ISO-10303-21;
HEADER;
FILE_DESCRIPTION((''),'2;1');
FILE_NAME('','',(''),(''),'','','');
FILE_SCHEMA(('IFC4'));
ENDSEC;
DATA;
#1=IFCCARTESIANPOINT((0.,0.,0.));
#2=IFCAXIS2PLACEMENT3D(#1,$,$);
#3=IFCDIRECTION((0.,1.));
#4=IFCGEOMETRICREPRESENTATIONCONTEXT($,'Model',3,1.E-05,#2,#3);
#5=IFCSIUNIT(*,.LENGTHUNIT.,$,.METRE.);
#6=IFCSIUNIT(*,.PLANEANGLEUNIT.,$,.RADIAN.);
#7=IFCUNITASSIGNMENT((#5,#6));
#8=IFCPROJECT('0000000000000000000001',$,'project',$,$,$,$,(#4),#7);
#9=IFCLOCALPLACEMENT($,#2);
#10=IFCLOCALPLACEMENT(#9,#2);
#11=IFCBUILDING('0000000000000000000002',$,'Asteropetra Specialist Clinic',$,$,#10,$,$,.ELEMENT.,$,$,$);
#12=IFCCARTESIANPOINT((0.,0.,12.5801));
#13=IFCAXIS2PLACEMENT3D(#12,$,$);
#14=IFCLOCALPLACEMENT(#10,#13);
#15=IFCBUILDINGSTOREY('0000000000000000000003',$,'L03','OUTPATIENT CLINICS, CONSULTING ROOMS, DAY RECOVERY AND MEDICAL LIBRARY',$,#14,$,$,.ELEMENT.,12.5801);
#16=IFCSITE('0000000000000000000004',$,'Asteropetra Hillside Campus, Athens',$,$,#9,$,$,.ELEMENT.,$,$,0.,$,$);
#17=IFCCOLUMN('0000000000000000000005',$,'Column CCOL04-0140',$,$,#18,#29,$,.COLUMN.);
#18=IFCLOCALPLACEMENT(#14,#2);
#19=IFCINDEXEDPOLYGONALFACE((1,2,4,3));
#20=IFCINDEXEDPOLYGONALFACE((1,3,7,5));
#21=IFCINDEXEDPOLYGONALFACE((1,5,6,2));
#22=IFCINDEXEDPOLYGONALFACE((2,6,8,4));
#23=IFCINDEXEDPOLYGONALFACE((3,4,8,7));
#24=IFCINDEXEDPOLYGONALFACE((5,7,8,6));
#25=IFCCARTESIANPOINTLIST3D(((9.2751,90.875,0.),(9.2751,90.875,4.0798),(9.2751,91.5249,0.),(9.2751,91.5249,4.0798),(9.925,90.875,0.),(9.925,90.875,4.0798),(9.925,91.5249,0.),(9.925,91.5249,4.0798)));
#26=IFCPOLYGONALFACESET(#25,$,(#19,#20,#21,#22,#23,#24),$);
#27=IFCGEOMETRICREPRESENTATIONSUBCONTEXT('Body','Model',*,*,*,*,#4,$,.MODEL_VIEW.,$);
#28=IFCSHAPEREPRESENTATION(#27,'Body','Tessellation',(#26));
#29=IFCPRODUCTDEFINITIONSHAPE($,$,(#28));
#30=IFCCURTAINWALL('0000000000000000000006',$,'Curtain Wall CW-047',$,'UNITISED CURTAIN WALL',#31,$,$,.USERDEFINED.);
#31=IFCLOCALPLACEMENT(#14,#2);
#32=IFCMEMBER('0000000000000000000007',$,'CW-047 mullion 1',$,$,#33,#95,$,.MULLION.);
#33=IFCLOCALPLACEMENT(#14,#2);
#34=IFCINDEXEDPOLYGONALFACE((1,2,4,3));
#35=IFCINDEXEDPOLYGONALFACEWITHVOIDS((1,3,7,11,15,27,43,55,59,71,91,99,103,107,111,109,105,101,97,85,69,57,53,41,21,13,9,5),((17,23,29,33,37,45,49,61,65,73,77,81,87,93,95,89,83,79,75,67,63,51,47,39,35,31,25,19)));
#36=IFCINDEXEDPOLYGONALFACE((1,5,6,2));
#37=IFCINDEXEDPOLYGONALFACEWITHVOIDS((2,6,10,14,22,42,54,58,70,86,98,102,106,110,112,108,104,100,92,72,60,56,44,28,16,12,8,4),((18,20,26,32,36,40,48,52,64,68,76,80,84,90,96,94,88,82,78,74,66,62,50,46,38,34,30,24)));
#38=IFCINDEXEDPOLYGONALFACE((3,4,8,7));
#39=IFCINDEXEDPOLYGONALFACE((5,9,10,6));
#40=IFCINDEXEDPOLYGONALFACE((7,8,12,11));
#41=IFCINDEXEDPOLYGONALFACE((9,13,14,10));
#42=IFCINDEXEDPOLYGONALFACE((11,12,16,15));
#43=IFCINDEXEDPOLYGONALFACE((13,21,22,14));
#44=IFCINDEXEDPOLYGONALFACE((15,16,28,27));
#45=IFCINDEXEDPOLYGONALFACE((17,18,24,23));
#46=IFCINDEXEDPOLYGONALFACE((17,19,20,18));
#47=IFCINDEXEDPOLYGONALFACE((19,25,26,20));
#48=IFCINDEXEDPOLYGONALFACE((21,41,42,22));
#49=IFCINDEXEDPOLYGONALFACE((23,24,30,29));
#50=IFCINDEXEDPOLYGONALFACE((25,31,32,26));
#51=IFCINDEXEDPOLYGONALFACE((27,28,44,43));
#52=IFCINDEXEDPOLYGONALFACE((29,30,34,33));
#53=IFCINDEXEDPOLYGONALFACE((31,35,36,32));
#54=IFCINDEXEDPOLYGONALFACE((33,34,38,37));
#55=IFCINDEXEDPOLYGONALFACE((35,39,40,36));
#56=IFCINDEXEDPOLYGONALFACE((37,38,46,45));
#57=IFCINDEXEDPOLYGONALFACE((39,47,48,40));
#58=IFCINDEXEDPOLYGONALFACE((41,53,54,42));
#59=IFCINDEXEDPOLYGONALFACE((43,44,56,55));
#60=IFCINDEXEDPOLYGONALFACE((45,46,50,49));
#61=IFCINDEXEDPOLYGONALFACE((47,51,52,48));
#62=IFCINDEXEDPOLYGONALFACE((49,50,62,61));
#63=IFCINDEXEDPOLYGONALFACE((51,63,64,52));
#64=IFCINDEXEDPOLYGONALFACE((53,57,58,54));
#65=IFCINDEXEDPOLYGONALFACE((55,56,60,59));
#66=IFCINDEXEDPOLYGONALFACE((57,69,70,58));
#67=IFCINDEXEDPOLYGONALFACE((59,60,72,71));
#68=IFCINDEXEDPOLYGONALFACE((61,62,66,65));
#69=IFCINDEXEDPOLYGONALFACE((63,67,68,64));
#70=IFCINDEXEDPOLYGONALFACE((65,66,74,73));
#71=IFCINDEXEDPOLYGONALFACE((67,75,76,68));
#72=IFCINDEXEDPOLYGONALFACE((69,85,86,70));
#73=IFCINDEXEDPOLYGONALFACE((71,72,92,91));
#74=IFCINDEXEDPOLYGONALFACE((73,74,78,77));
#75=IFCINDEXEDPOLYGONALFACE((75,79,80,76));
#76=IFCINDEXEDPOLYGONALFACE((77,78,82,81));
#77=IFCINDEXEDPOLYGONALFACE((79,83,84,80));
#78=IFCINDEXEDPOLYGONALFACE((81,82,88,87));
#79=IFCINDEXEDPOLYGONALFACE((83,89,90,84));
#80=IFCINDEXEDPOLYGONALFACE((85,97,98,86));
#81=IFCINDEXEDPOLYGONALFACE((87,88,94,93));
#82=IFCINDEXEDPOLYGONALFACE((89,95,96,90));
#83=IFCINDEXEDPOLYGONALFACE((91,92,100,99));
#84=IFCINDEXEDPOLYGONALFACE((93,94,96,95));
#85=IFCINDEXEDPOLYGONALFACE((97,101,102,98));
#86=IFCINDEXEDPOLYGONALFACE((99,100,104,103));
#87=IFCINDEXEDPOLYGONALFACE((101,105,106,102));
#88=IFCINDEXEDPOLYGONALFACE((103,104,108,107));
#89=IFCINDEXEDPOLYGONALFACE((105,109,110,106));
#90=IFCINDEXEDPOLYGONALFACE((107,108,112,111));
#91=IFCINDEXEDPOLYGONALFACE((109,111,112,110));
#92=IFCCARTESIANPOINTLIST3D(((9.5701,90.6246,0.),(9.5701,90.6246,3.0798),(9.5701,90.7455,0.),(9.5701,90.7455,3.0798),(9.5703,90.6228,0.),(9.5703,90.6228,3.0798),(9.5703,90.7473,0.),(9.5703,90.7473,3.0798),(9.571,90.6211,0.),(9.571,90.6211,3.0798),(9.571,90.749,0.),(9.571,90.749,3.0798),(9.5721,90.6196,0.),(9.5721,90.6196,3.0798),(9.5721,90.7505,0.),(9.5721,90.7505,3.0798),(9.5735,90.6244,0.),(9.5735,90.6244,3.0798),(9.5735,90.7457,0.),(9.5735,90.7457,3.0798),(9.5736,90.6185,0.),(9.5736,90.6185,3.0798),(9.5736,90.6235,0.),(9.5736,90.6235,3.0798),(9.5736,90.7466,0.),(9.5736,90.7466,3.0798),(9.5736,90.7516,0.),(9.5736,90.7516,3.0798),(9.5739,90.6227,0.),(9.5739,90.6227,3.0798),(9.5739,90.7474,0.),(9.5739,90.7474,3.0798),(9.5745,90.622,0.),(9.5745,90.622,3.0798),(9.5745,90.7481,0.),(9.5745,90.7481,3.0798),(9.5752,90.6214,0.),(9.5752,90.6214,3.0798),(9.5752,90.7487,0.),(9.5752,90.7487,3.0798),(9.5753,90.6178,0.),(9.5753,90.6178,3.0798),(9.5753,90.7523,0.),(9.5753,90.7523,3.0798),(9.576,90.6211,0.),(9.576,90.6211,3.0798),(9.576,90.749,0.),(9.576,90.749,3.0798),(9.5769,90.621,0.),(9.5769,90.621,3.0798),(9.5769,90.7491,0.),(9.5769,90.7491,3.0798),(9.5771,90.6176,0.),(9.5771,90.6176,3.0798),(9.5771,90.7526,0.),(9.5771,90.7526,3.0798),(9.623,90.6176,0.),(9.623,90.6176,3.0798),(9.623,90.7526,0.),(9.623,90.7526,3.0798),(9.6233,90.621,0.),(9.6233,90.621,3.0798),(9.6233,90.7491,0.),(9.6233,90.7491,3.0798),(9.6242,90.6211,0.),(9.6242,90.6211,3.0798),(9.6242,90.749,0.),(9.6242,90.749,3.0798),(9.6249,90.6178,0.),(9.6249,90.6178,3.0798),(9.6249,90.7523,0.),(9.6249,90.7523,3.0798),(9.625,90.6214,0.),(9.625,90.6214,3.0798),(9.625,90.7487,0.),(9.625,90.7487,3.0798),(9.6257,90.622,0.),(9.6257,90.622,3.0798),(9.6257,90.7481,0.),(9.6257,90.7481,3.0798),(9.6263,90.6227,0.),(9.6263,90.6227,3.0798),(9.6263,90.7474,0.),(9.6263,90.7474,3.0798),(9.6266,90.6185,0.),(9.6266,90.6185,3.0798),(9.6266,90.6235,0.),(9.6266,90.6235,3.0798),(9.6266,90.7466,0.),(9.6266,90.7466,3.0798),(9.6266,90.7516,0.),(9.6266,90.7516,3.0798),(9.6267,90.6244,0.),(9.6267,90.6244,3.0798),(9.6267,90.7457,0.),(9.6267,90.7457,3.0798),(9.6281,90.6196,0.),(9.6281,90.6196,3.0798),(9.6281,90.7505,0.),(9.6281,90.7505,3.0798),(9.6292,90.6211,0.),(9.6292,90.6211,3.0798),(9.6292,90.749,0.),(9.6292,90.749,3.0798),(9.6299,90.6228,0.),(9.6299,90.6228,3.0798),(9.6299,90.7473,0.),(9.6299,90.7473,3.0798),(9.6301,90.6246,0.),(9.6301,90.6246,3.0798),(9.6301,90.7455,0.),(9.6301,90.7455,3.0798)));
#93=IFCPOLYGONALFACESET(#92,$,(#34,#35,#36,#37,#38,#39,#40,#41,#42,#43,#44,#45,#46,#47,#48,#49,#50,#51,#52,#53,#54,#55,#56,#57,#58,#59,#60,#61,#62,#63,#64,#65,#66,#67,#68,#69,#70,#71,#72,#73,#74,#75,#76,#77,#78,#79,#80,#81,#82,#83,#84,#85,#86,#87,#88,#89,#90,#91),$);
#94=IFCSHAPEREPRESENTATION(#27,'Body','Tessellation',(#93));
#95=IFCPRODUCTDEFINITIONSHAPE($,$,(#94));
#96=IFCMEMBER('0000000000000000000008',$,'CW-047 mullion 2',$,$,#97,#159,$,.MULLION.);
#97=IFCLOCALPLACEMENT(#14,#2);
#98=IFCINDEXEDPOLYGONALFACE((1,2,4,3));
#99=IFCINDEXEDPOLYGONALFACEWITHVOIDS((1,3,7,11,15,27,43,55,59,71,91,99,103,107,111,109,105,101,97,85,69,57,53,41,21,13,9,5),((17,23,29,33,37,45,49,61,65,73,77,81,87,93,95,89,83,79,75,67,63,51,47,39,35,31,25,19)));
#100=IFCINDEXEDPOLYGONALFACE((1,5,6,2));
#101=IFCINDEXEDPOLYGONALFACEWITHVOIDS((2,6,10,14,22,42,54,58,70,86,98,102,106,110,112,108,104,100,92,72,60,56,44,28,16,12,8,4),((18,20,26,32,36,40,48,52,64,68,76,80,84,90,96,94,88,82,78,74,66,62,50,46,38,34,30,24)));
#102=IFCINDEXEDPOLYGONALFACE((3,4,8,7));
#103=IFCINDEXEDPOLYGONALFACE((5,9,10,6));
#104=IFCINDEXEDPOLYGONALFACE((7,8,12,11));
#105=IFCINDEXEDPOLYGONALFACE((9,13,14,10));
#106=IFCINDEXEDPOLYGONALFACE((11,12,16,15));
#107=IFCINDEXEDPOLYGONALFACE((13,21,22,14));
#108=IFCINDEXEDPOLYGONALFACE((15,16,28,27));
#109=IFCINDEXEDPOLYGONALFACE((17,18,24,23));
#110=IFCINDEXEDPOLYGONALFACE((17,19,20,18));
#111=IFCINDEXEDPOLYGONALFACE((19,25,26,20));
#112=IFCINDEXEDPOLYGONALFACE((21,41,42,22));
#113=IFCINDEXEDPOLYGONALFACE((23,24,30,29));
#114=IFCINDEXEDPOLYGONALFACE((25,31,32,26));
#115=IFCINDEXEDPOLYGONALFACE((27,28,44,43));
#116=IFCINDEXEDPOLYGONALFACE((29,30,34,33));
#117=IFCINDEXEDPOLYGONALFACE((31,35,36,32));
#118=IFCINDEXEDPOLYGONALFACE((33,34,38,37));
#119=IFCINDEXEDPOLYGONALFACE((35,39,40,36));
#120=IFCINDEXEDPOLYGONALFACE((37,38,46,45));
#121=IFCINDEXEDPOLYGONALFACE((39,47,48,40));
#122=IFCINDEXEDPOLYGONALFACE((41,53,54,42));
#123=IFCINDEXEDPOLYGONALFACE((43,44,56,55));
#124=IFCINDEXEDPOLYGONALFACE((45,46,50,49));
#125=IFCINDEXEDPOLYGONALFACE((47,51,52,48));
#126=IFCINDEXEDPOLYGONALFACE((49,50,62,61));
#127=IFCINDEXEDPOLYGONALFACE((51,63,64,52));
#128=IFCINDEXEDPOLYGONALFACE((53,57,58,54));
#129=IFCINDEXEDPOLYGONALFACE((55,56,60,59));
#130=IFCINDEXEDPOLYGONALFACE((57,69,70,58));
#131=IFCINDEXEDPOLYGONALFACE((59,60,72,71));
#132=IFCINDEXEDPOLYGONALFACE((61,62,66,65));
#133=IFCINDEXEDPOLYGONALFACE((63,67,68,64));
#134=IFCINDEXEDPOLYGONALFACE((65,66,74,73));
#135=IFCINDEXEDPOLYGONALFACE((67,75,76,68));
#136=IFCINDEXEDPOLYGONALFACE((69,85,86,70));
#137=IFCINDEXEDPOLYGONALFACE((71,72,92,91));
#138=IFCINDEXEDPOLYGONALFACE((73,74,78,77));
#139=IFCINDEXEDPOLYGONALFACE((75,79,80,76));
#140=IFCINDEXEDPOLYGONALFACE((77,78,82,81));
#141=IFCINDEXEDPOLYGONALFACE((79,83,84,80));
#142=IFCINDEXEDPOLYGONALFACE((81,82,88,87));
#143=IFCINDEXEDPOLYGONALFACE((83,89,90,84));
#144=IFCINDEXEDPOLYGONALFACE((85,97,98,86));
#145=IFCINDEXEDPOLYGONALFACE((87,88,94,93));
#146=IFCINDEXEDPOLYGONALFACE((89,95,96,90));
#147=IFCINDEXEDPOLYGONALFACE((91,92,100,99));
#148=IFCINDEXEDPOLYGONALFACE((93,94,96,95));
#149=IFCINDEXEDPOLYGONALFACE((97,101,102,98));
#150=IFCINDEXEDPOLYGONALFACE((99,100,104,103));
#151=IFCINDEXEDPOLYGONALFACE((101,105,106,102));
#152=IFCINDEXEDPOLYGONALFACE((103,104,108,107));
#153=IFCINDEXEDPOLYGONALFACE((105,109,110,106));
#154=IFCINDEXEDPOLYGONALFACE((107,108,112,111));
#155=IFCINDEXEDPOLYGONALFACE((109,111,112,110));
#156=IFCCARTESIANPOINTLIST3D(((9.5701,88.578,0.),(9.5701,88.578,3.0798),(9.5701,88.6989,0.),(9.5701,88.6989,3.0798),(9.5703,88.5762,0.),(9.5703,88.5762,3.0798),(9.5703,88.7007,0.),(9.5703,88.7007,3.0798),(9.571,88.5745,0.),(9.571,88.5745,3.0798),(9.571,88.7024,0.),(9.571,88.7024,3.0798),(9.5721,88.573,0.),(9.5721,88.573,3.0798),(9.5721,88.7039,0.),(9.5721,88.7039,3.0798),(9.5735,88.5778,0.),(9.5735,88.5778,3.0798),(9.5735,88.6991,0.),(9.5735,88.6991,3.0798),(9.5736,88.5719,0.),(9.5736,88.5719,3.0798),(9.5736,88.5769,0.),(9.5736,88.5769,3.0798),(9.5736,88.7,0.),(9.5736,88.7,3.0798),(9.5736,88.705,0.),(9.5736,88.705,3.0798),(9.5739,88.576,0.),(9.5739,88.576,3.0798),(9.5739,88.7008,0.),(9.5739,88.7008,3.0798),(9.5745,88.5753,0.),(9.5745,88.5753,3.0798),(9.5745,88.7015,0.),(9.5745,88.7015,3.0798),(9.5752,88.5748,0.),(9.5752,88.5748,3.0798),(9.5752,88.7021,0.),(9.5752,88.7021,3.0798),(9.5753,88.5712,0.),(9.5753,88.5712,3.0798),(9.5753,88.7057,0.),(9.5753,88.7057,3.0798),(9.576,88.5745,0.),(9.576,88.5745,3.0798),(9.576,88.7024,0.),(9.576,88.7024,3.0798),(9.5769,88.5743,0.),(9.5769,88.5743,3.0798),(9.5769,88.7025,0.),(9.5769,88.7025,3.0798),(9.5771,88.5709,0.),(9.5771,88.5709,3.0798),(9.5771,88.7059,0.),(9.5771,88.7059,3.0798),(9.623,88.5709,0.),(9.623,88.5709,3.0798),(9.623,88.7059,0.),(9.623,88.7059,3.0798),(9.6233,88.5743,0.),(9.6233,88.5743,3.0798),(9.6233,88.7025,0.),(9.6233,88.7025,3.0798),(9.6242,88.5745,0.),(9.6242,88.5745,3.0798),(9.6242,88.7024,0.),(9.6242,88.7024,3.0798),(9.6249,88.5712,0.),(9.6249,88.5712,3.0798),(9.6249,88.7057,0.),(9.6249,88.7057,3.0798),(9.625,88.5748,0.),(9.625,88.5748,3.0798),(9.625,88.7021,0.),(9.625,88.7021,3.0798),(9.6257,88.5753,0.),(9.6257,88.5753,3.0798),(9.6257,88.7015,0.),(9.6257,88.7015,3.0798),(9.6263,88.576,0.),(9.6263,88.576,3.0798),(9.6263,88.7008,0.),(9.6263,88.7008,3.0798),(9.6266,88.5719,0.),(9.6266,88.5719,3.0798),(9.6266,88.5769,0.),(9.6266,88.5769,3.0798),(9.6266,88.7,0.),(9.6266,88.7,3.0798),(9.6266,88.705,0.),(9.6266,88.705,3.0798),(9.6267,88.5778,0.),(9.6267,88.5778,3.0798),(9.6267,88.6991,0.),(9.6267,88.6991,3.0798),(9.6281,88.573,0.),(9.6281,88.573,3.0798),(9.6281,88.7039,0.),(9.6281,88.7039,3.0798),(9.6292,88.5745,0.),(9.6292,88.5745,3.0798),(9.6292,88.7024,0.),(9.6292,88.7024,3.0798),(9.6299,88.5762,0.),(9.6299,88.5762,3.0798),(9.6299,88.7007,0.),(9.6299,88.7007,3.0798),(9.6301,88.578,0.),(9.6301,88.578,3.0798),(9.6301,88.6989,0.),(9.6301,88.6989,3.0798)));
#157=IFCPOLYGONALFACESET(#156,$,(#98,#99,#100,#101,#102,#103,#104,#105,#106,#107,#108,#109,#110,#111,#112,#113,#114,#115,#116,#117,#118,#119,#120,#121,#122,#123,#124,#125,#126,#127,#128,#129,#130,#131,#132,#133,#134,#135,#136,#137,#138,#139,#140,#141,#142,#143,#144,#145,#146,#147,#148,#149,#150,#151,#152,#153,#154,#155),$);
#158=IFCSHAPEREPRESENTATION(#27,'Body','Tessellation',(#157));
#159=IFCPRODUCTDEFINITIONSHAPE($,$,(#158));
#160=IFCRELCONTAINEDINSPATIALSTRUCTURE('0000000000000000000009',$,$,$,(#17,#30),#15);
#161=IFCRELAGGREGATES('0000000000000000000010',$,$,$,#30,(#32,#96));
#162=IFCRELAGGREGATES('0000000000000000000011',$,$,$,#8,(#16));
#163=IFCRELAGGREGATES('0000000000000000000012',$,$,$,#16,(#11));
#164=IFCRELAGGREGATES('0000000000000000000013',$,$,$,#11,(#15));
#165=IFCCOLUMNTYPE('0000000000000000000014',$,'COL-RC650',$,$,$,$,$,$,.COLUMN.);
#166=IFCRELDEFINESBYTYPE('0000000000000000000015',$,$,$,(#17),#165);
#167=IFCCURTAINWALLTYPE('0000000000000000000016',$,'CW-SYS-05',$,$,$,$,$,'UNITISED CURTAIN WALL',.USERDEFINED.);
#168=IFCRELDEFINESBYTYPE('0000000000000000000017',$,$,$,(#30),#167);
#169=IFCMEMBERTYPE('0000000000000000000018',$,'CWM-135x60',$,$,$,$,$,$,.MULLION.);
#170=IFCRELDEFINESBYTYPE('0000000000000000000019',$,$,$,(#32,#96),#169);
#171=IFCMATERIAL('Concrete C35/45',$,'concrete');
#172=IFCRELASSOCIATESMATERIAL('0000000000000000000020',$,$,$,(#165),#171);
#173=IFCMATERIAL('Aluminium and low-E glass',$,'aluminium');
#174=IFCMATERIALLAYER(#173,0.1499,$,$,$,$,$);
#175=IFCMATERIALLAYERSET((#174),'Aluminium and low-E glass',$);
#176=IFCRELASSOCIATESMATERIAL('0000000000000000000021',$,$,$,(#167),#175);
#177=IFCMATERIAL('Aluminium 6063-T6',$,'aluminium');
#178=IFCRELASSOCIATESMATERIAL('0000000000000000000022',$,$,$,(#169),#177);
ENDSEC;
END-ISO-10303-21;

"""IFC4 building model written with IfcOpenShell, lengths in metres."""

from ifc_helpers import new_model, si_unit, direction, frame, origin, origin_2d, place, context, subcontext, project, spatial, rectangle, hollow_rectangle, extrude, material, layer, layer_set, material_profile, profile_set, type_object, element, aggregate, save


model = new_model("IFC4")

# Units and contexts
model_context = context("Model", 3, precision=1e-05, world=origin(), true_north=direction((0.0, 1.0)))
body_context = subcontext(model_context, "Body", "Model", "MODEL_VIEW")
ifc_project = project(units=[si_unit("LENGTHUNIT", "METRE"), si_unit("PLANEANGLEUNIT", "RADIAN")], contexts=[model_context])

# Site, building, storey
site_placement = place(None, origin())
site = spatial("IfcSite", under=ifc_project, at=site_placement, Name="Asteropetra Hillside Campus, Athens", CompositionType="ELEMENT", RefElevation=0.0)
building_placement = place(site_placement, origin())
building = spatial("IfcBuilding", under=site, at=building_placement, Name="Asteropetra Specialist Clinic", CompositionType="ELEMENT")
storey_placement = place(building_placement, frame((0.0, 0.0, 12.5801)))
storey = spatial("IfcBuildingStorey", under=building, at=storey_placement, Name="L03", Description="OUTPATIENT CLINICS, CONSULTING ROOMS, DAY RECOVERY AND MEDICAL LIBRARY", CompositionType="ELEMENT", Elevation=12.5801)

# Column
ifc_material_1 = material(Name="Concrete C35/45", Category="concrete")
ifc_material_profile_1 = material_profile(ifc_material_1, rectangle(XDim=0.6499, YDim=0.6499, at=origin_2d()), Name="RC 650x650")
ifc_profile_set_1 = profile_set([ifc_material_profile_1], Name="Concrete C35/45")
column_type = type_object("IfcColumnType", Name="COL-RC650", PredefinedType="COLUMN", material=ifc_profile_set_1)
column_placement = place(storey_placement, frame((9.6001, 91.2, 0.0), z_axis=(0.0, 0.0, 1.0), x_axis=(1.0, 0.0, 0.0)))
element("IfcColumn", 1, at=column_placement, inside=storey, type_object=column_type, Name="Column CCOL04-0140", PredefinedType="COLUMN", context=body_context, shape_type="SweptSolid", body=[
    extrude(rectangle(XDim=0.6499, YDim=0.6499, at=origin_2d()), origin(), (0.0, 0.0, 1.0), 4.0798),
])

# Curtain wall, members
ifc_material_2 = material(Name="Aluminium and low-E glass", Category="aluminium")
ifc_layer_1 = layer(ifc_material_2, 0.1499)
ifc_layer_set_1 = layer_set([ifc_layer_1], Name="Aluminium and low-E glass")
curtain_wall_type = type_object("IfcCurtainWallType", Name="CW-SYS-05", ElementType="UNITISED CURTAIN WALL", PredefinedType="USERDEFINED", material=ifc_layer_set_1)
curtain_wall_placement = place(storey_placement, origin())
curtain_wall = element("IfcCurtainWall", 2, at=curtain_wall_placement, inside=storey, type_object=curtain_wall_type, Name="Curtain Wall CW-047", ObjectType="UNITISED CURTAIN WALL", PredefinedType="USERDEFINED")
ifc_material_3 = material(Name="Aluminium 6063-T6", Category="aluminium")
ifc_material_profile_2 = material_profile(ifc_material_3, hollow_rectangle(XDim=0.0601, YDim=0.135, WallThickness=0.0034, InnerFilletRadius=0.0034, OuterFilletRadius=0.0071, at=origin_2d()), Name="MUL 135x60x3.5")
ifc_profile_set_2 = profile_set([ifc_material_profile_2], Name="Aluminium 6063-T6")
member_type_1 = type_object("IfcMemberType", Name="CWM-135x60", PredefinedType="MULLION", material=ifc_profile_set_2)
member_1_placement = place(storey_placement, frame((9.6001, 90.6851, 0.0), z_axis=(0.0, 0.0, 1.0), x_axis=(1.0, 0.0, 0.0)))
member_1 = element("IfcMember", 3, at=member_1_placement, type_object=member_type_1, Name="CW-047 mullion 1", PredefinedType="MULLION", context=body_context, shape_type="SweptSolid", body=[
    extrude(hollow_rectangle(XDim=0.0601, YDim=0.135, WallThickness=0.0034, InnerFilletRadius=0.0034, OuterFilletRadius=0.0071, at=origin_2d()), origin(), (0.0, 0.0, 1.0), 3.0798),
])
member_2_placement = place(storey_placement, frame((9.6001, 88.6384, 0.0), z_axis=(0.0, 0.0, 1.0), x_axis=(1.0, 0.0, 0.0)))
member_2 = element("IfcMember", 4, at=member_2_placement, type_object=member_type_1, Name="CW-047 mullion 2", PredefinedType="MULLION", context=body_context, shape_type="SweptSolid", body=[
    extrude(hollow_rectangle(XDim=0.0601, YDim=0.135, WallThickness=0.0034, InnerFilletRadius=0.0034, OuterFilletRadius=0.0071, at=origin_2d()), origin(), (0.0, 0.0, 1.0), 3.0798),
])

aggregate(curtain_wall, [member_1, member_2])

save(model, "model.ifc")
